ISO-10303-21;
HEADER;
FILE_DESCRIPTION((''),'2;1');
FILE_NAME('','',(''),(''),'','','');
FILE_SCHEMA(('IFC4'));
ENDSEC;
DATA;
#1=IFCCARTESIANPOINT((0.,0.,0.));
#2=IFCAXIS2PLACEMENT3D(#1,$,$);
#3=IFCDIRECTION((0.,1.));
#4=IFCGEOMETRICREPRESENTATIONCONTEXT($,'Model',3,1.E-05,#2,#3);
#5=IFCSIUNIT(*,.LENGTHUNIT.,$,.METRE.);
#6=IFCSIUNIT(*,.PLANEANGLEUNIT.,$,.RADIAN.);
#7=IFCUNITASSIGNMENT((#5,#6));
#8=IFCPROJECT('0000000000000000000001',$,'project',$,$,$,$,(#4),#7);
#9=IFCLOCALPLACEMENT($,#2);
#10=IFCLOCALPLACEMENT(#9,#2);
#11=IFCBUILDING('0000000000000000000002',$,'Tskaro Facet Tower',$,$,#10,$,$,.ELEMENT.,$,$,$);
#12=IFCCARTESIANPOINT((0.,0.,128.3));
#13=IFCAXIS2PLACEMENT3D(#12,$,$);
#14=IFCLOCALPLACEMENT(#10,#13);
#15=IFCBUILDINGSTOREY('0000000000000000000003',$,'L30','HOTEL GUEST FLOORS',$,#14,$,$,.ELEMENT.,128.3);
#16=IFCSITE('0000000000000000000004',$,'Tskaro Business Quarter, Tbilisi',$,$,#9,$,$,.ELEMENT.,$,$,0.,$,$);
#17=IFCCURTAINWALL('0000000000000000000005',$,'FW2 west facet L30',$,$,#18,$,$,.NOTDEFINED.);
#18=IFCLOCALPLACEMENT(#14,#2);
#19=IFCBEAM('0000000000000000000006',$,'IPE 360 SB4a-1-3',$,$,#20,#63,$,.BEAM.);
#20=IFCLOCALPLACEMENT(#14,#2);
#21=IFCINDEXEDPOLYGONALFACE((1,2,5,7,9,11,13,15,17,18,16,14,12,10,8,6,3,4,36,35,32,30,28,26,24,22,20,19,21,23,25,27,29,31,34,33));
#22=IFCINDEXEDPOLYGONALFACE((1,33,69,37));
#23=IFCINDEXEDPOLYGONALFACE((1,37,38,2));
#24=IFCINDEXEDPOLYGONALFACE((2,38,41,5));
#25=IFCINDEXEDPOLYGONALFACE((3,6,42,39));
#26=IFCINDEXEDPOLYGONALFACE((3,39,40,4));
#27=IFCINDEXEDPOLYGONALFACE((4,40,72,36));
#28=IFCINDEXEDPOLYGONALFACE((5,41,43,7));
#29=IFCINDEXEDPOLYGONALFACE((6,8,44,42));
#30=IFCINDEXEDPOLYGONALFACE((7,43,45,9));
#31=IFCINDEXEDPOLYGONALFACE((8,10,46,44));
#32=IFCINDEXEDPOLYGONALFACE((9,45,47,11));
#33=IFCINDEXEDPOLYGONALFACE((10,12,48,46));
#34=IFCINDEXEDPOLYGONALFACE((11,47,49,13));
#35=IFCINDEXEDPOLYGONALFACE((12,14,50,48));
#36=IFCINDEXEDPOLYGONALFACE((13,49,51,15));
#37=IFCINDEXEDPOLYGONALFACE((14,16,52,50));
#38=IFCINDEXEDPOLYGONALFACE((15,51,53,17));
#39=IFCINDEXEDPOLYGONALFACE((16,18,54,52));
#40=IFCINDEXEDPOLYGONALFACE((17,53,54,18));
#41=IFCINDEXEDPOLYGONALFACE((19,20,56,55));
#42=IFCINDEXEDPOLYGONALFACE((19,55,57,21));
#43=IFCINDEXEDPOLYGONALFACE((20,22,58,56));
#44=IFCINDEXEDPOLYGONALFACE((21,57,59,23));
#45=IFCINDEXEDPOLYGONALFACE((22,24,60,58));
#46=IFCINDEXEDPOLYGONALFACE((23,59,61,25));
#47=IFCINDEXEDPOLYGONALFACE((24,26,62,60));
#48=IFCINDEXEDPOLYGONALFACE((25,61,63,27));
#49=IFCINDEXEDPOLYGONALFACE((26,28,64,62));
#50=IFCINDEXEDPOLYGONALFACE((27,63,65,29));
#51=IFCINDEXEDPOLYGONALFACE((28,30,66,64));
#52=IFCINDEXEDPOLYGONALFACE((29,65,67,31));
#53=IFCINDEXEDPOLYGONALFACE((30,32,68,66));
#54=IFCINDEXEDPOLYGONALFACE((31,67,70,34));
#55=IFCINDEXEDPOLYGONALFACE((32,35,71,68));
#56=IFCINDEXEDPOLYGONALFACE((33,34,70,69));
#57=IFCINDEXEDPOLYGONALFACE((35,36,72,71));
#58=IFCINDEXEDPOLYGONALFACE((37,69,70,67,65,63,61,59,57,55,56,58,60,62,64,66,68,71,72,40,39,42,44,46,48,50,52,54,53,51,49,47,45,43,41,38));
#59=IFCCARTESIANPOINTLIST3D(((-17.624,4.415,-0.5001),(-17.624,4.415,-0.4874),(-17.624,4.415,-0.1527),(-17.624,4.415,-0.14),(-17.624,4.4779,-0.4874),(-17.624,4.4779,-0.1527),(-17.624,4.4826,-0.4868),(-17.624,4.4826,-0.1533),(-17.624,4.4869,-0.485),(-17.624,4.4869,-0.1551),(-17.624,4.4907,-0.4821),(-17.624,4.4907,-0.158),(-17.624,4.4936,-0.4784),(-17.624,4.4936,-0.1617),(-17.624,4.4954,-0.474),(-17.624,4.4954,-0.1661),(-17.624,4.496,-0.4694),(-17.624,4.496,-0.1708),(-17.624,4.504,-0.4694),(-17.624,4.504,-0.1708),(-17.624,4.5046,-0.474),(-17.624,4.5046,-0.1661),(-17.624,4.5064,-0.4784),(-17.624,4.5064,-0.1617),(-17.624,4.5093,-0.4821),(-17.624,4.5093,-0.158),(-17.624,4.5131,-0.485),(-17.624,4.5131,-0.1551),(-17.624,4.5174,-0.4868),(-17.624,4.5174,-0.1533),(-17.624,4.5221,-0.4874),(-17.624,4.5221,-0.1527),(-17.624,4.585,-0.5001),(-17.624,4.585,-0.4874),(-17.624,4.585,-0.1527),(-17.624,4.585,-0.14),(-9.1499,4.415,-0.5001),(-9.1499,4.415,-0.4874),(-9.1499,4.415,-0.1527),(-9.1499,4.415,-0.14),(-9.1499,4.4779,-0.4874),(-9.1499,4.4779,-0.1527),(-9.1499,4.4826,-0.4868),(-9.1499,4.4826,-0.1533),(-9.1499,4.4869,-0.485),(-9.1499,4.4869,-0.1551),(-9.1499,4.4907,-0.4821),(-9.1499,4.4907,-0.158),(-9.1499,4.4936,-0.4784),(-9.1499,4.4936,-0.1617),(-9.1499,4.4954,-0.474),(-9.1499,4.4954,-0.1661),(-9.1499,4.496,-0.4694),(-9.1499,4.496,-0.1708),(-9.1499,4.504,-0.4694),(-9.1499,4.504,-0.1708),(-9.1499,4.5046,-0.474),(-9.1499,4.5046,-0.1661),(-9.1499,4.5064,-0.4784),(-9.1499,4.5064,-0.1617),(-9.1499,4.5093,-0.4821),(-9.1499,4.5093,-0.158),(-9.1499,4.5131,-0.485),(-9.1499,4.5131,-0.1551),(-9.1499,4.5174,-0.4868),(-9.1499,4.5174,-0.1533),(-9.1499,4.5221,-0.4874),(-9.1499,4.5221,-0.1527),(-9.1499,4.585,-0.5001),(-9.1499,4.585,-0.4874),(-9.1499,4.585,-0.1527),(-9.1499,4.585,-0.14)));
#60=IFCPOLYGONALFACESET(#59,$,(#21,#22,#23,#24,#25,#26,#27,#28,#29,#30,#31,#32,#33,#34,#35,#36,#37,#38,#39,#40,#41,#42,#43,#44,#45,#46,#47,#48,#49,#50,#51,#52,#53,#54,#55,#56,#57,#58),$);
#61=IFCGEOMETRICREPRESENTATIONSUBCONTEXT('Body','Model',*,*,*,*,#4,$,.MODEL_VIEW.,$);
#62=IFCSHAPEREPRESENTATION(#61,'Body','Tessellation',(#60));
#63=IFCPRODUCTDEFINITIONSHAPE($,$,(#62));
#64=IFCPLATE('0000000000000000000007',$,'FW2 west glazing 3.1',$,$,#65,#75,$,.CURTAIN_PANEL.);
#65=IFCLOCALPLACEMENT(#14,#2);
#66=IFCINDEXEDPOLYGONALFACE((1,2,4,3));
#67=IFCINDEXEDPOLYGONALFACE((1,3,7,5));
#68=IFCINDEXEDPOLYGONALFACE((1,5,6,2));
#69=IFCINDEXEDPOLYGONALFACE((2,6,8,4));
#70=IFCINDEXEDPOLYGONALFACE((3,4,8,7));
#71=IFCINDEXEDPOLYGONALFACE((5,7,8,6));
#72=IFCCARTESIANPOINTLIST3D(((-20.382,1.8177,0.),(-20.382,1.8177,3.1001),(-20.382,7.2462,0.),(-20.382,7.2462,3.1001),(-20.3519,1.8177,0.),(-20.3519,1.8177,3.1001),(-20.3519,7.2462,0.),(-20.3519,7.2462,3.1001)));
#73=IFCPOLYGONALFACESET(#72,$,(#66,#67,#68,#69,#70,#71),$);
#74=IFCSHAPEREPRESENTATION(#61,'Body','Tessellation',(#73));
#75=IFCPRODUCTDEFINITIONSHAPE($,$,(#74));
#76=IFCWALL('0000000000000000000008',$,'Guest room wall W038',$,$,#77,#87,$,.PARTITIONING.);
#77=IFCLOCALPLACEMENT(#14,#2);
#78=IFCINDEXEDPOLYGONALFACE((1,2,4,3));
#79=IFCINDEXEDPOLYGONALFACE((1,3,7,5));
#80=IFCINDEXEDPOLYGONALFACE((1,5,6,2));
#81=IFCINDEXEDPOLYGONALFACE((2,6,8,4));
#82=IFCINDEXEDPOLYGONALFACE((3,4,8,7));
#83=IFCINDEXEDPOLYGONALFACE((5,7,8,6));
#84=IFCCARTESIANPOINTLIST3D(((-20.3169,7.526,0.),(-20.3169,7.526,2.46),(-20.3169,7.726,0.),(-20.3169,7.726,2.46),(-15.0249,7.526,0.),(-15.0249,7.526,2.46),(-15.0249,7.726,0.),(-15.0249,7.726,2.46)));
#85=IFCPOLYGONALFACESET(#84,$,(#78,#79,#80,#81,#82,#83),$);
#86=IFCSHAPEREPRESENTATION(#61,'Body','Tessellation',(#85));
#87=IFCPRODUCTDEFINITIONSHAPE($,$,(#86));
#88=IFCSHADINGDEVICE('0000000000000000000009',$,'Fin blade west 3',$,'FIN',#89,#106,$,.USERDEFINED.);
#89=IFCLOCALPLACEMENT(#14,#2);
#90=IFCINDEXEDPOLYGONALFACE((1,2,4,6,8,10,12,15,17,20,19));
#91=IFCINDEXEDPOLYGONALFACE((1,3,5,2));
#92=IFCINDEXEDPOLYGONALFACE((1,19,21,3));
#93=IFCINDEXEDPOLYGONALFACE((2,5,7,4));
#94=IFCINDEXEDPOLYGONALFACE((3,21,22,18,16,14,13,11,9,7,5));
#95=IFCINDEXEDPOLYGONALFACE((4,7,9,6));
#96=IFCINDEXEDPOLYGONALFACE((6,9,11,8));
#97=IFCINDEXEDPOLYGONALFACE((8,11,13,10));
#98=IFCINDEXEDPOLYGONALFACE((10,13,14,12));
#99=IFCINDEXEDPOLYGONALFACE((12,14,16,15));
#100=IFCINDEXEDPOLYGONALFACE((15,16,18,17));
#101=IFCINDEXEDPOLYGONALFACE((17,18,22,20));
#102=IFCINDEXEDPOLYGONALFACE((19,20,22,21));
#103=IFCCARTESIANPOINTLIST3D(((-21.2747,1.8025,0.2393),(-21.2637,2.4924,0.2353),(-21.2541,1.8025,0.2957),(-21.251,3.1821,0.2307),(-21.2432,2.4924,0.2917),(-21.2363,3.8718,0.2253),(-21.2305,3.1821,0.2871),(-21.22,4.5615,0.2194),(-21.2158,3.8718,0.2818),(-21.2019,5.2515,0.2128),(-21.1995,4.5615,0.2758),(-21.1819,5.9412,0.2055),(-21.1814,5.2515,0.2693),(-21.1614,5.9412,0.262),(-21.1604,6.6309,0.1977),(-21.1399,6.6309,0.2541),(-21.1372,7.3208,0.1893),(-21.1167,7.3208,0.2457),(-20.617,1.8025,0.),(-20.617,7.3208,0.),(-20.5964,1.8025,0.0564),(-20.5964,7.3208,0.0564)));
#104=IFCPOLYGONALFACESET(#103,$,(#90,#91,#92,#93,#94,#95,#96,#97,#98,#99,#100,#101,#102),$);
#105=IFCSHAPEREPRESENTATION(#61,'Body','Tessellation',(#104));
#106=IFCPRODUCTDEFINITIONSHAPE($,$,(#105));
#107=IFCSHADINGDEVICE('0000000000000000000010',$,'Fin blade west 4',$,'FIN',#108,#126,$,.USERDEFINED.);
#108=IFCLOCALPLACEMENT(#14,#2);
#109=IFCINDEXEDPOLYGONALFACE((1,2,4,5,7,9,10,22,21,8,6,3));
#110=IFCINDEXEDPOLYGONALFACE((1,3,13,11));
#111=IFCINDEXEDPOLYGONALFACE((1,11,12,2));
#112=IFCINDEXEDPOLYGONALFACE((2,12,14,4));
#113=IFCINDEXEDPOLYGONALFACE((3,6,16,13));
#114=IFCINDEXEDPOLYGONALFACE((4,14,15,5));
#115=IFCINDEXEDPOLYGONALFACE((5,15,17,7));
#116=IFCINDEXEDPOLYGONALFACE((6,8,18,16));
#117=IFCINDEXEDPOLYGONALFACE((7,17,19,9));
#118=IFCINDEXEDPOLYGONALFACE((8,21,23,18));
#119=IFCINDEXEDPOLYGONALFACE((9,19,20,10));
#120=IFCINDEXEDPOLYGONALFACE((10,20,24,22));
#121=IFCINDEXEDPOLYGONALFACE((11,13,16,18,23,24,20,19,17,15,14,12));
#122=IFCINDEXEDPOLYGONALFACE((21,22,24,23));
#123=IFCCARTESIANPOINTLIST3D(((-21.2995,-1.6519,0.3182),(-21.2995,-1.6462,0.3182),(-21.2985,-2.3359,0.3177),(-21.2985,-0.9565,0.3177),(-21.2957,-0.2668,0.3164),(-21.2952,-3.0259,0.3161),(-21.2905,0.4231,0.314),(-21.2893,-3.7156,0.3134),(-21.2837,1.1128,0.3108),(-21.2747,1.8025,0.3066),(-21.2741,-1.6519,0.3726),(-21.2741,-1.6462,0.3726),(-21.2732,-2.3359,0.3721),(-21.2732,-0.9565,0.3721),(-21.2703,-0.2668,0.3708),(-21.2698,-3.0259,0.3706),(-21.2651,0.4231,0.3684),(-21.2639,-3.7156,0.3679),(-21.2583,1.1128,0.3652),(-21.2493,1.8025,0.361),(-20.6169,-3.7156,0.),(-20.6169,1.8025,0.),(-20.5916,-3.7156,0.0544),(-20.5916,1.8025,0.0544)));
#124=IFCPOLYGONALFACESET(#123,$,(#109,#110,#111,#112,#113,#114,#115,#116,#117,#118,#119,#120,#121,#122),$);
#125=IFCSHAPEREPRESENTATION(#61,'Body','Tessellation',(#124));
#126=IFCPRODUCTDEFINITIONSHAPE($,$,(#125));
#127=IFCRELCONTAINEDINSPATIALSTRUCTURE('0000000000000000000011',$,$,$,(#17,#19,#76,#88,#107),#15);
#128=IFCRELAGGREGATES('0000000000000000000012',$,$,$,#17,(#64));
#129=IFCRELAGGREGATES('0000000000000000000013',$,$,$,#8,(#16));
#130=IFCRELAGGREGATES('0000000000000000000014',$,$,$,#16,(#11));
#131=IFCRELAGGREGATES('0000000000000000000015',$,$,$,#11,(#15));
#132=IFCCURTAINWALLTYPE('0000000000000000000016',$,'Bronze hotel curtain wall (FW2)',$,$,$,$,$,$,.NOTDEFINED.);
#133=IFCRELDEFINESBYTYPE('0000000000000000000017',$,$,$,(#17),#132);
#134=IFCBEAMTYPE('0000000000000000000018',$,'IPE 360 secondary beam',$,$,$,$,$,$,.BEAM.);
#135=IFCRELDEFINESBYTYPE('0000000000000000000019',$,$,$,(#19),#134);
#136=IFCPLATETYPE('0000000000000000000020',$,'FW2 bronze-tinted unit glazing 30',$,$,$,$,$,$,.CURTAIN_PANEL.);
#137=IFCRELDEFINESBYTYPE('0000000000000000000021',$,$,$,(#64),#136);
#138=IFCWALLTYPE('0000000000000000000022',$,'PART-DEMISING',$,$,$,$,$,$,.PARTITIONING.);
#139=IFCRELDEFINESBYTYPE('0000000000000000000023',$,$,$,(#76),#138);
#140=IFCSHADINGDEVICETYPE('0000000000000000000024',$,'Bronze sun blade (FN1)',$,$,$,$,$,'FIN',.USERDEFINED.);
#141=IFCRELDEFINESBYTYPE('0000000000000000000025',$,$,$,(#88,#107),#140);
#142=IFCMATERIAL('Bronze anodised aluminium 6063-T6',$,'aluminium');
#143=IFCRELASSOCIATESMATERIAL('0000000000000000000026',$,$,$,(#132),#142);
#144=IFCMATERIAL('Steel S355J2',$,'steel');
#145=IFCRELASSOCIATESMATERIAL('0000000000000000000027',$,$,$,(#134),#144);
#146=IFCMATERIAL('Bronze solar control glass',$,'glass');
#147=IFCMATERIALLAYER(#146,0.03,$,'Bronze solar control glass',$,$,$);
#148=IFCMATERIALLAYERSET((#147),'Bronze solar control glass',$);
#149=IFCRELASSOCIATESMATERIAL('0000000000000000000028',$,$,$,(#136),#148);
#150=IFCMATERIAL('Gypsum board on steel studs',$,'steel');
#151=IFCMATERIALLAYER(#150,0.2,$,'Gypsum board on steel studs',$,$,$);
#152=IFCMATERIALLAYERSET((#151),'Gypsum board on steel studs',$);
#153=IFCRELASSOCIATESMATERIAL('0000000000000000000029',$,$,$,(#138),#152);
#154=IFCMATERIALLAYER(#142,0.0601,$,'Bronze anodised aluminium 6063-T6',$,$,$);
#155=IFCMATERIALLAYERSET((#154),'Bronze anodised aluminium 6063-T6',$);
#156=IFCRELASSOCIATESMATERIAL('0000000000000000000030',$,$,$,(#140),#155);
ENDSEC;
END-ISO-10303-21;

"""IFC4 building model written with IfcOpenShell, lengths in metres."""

from ifc_helpers import new_model, si_unit, direction, frame, frame_2d, origin, origin_2d, place, context, subcontext, project, spatial, polyline, rectangle, i_section, outline, extrude, material, layer, layer_set, material_profile, profile_set, type_object, element, aggregate, save


model = new_model("IFC4")

# Units and contexts
model_context = context("Model", 3, precision=1e-05, world=origin(), true_north=direction((0.0, 1.0)))
body_context = subcontext(model_context, "Body", "Model", "MODEL_VIEW")
ifc_project = project(units=[si_unit("LENGTHUNIT", "METRE"), si_unit("PLANEANGLEUNIT", "RADIAN")], contexts=[model_context])

# Site, building, storey
site_placement = place(None, origin())
site = spatial("IfcSite", under=ifc_project, at=site_placement, Name="Tskaro Business Quarter, Tbilisi", CompositionType="ELEMENT", RefElevation=0.0)
building_placement = place(site_placement, origin())
building = spatial("IfcBuilding", under=site, at=building_placement, Name="Tskaro Facet Tower", CompositionType="ELEMENT")
storey_placement = place(building_placement, frame((0.0, 0.0, 128.3)))
storey = spatial("IfcBuildingStorey", under=building, at=storey_placement, Name="L30", Description="HOTEL GUEST FLOORS", CompositionType="ELEMENT", Elevation=128.3)

# Curtain wall
ifc_material_1 = material(Name="Bronze anodised aluminium 6063-T6", Category="aluminium")
curtain_wall_type = type_object("IfcCurtainWallType", Name="Bronze hotel curtain wall (FW2)", PredefinedType="NOTDEFINED", material=ifc_material_1)
curtain_wall_placement = place(storey_placement, origin())
curtain_wall = element("IfcCurtainWall", 1, at=curtain_wall_placement, inside=storey, type_object=curtain_wall_type, Name="FW2 west facet L30", PredefinedType="NOTDEFINED")

# Beam
ifc_material_2 = material(Name="Steel S355J2", Category="steel")
ifc_material_profile_1 = material_profile(ifc_material_2, i_section(OverallWidth=0.1699, OverallDepth=0.3601, WebThickness=0.0081, FlangeThickness=0.0127, FilletRadius=0.0181, at=origin_2d()), Name="IPE 360")
ifc_profile_set_1 = profile_set([ifc_material_profile_1], Name="Steel S355J2")
beam_type_1 = type_object("IfcBeamType", Name="IPE 360 secondary beam", PredefinedType="BEAM", material=ifc_profile_set_1)
beam_1_placement = place(storey_placement, frame((-17.624, 4.5, -0.3201), z_axis=(1.0, 0.0, 0.0), x_axis=(0.0, 1.0, 0.0)))
element("IfcBeam", 2, at=beam_1_placement, inside=storey, type_object=beam_type_1, Name="IPE 360 SB4a-1-3", PredefinedType="BEAM", context=body_context, shape_type="SweptSolid", body=[
    extrude(i_section(OverallWidth=0.1699, OverallDepth=0.3601, WebThickness=0.0081, FlangeThickness=0.0127, FilletRadius=0.0181, at=origin_2d()), origin(), (0.0, 0.0, 1.0), 8.4741),
])

# Plate
ifc_material_3 = material(Name="Bronze solar control glass", Category="glass")
ifc_layer_1 = layer(ifc_material_3, 0.03, Name="Bronze solar control glass")
ifc_layer_set_1 = layer_set([ifc_layer_1], Name="Bronze solar control glass")
plate_type = type_object("IfcPlateType", Name="FW2 bronze-tinted unit glazing 30", PredefinedType="CURTAIN_PANEL", material=ifc_layer_set_1)
plate_placement = place(storey_placement, frame((-20.3669, 4.532, 0.0), z_axis=(0.0, 0.0, 1.0), x_axis=(0.0, -1.0, 0.0)))
plate = element("IfcPlate", 3, at=plate_placement, type_object=plate_type, Name="FW2 west glazing 3.1", PredefinedType="CURTAIN_PANEL", context=body_context, shape_type="SweptSolid", body=[
    extrude(rectangle(XDim=5.4285, YDim=0.03, at=origin_2d()), origin(), (0.0, 0.0, 1.0), 3.1001),
])
aggregate(curtain_wall, [plate])

# Wall
ifc_material_4 = material(Name="Gypsum board on steel studs", Category="steel")
ifc_layer_2 = layer(ifc_material_4, 0.2, Name="Gypsum board on steel studs")
ifc_layer_set_2 = layer_set([ifc_layer_2], Name="Gypsum board on steel studs")
wall_type = type_object("IfcWallType", Name="PART-DEMISING", PredefinedType="PARTITIONING", material=ifc_layer_set_2)
wall_placement = place(storey_placement, frame((-20.3169, 7.626, 0.0), z_axis=(0.0, 0.0, 1.0), x_axis=(1.0, 0.0, 0.0)))
element("IfcWall", 4, at=wall_placement, inside=storey, type_object=wall_type, Name="Guest room wall W038", PredefinedType="PARTITIONING", context=body_context, shape_type="SweptSolid", body=[
    extrude(rectangle(XDim=5.292, YDim=0.2, at=frame_2d((2.646, 0.0))), origin(), (0.0, 0.0, 1.0), 2.46),
])

# Shading devices
ifc_layer_3 = layer(ifc_material_1, 0.0601, Name="Bronze anodised aluminium 6063-T6")
ifc_layer_set_3 = layer_set([ifc_layer_3], Name="Bronze anodised aluminium 6063-T6")
shading_device_type = type_object("IfcShadingDeviceType", Name="Bronze sun blade (FN1)", ElementType="FIN", PredefinedType="USERDEFINED", material=ifc_layer_set_3)
shading_device_1_placement = place(storey_placement, frame((-20.5964, 7.3208, 0.0564), z_axis=(0.341941, 0.000001, 0.939721), x_axis=(0.0, -1.0, 0.000001)))
element("IfcShadingDevice", 5, at=shading_device_1_placement, inside=storey, type_object=shading_device_type, Name="Fin blade west 3", ObjectType="FIN", PredefinedType="USERDEFINED", context=body_context, shape_type="SweptSolid", body=[
    extrude(outline(polyline([(0.0, 0.0), (5.5183, 0.0), (5.5183, -0.6999), (4.8284, -0.6882), (4.1387, -0.6747), (3.449, -0.6591), (2.7593, -0.6417), (2.0693, -0.6225), (1.3796, -0.6012), (0.6899, -0.5783), (0.0, -0.5536), (0.0, 0.0)])), origin(), (0.0, 0.0, -1.0), 0.0601),
])
shading_device_2_placement = place(storey_placement, frame((-20.5916, 1.8025, 0.0544), z_axis=(0.422462, 0.000001, 0.906381), x_axis=(0.0, -1.0, 0.000001)))
element("IfcShadingDevice", 6, at=shading_device_2_placement, inside=storey, type_object=shading_device_type, Name="Fin blade west 4", ObjectType="FIN", PredefinedType="USERDEFINED", context=body_context, shape_type="SweptSolid", body=[
    extrude(outline(polyline([(0.0, 0.0), (5.5181, 0.0), (5.5181, -0.7418), (4.8284, -0.7483), (4.1384, -0.752), (3.4543, -0.7531), (3.4487, -0.7531), (2.759, -0.752), (2.0693, -0.7488), (1.3794, -0.7432), (0.6897, -0.7356), (0.0, -0.7257), (0.0, 0.0)])), origin(), (0.0, 0.0, -1.0), 0.0601),
])

save(model, "model.ifc")
